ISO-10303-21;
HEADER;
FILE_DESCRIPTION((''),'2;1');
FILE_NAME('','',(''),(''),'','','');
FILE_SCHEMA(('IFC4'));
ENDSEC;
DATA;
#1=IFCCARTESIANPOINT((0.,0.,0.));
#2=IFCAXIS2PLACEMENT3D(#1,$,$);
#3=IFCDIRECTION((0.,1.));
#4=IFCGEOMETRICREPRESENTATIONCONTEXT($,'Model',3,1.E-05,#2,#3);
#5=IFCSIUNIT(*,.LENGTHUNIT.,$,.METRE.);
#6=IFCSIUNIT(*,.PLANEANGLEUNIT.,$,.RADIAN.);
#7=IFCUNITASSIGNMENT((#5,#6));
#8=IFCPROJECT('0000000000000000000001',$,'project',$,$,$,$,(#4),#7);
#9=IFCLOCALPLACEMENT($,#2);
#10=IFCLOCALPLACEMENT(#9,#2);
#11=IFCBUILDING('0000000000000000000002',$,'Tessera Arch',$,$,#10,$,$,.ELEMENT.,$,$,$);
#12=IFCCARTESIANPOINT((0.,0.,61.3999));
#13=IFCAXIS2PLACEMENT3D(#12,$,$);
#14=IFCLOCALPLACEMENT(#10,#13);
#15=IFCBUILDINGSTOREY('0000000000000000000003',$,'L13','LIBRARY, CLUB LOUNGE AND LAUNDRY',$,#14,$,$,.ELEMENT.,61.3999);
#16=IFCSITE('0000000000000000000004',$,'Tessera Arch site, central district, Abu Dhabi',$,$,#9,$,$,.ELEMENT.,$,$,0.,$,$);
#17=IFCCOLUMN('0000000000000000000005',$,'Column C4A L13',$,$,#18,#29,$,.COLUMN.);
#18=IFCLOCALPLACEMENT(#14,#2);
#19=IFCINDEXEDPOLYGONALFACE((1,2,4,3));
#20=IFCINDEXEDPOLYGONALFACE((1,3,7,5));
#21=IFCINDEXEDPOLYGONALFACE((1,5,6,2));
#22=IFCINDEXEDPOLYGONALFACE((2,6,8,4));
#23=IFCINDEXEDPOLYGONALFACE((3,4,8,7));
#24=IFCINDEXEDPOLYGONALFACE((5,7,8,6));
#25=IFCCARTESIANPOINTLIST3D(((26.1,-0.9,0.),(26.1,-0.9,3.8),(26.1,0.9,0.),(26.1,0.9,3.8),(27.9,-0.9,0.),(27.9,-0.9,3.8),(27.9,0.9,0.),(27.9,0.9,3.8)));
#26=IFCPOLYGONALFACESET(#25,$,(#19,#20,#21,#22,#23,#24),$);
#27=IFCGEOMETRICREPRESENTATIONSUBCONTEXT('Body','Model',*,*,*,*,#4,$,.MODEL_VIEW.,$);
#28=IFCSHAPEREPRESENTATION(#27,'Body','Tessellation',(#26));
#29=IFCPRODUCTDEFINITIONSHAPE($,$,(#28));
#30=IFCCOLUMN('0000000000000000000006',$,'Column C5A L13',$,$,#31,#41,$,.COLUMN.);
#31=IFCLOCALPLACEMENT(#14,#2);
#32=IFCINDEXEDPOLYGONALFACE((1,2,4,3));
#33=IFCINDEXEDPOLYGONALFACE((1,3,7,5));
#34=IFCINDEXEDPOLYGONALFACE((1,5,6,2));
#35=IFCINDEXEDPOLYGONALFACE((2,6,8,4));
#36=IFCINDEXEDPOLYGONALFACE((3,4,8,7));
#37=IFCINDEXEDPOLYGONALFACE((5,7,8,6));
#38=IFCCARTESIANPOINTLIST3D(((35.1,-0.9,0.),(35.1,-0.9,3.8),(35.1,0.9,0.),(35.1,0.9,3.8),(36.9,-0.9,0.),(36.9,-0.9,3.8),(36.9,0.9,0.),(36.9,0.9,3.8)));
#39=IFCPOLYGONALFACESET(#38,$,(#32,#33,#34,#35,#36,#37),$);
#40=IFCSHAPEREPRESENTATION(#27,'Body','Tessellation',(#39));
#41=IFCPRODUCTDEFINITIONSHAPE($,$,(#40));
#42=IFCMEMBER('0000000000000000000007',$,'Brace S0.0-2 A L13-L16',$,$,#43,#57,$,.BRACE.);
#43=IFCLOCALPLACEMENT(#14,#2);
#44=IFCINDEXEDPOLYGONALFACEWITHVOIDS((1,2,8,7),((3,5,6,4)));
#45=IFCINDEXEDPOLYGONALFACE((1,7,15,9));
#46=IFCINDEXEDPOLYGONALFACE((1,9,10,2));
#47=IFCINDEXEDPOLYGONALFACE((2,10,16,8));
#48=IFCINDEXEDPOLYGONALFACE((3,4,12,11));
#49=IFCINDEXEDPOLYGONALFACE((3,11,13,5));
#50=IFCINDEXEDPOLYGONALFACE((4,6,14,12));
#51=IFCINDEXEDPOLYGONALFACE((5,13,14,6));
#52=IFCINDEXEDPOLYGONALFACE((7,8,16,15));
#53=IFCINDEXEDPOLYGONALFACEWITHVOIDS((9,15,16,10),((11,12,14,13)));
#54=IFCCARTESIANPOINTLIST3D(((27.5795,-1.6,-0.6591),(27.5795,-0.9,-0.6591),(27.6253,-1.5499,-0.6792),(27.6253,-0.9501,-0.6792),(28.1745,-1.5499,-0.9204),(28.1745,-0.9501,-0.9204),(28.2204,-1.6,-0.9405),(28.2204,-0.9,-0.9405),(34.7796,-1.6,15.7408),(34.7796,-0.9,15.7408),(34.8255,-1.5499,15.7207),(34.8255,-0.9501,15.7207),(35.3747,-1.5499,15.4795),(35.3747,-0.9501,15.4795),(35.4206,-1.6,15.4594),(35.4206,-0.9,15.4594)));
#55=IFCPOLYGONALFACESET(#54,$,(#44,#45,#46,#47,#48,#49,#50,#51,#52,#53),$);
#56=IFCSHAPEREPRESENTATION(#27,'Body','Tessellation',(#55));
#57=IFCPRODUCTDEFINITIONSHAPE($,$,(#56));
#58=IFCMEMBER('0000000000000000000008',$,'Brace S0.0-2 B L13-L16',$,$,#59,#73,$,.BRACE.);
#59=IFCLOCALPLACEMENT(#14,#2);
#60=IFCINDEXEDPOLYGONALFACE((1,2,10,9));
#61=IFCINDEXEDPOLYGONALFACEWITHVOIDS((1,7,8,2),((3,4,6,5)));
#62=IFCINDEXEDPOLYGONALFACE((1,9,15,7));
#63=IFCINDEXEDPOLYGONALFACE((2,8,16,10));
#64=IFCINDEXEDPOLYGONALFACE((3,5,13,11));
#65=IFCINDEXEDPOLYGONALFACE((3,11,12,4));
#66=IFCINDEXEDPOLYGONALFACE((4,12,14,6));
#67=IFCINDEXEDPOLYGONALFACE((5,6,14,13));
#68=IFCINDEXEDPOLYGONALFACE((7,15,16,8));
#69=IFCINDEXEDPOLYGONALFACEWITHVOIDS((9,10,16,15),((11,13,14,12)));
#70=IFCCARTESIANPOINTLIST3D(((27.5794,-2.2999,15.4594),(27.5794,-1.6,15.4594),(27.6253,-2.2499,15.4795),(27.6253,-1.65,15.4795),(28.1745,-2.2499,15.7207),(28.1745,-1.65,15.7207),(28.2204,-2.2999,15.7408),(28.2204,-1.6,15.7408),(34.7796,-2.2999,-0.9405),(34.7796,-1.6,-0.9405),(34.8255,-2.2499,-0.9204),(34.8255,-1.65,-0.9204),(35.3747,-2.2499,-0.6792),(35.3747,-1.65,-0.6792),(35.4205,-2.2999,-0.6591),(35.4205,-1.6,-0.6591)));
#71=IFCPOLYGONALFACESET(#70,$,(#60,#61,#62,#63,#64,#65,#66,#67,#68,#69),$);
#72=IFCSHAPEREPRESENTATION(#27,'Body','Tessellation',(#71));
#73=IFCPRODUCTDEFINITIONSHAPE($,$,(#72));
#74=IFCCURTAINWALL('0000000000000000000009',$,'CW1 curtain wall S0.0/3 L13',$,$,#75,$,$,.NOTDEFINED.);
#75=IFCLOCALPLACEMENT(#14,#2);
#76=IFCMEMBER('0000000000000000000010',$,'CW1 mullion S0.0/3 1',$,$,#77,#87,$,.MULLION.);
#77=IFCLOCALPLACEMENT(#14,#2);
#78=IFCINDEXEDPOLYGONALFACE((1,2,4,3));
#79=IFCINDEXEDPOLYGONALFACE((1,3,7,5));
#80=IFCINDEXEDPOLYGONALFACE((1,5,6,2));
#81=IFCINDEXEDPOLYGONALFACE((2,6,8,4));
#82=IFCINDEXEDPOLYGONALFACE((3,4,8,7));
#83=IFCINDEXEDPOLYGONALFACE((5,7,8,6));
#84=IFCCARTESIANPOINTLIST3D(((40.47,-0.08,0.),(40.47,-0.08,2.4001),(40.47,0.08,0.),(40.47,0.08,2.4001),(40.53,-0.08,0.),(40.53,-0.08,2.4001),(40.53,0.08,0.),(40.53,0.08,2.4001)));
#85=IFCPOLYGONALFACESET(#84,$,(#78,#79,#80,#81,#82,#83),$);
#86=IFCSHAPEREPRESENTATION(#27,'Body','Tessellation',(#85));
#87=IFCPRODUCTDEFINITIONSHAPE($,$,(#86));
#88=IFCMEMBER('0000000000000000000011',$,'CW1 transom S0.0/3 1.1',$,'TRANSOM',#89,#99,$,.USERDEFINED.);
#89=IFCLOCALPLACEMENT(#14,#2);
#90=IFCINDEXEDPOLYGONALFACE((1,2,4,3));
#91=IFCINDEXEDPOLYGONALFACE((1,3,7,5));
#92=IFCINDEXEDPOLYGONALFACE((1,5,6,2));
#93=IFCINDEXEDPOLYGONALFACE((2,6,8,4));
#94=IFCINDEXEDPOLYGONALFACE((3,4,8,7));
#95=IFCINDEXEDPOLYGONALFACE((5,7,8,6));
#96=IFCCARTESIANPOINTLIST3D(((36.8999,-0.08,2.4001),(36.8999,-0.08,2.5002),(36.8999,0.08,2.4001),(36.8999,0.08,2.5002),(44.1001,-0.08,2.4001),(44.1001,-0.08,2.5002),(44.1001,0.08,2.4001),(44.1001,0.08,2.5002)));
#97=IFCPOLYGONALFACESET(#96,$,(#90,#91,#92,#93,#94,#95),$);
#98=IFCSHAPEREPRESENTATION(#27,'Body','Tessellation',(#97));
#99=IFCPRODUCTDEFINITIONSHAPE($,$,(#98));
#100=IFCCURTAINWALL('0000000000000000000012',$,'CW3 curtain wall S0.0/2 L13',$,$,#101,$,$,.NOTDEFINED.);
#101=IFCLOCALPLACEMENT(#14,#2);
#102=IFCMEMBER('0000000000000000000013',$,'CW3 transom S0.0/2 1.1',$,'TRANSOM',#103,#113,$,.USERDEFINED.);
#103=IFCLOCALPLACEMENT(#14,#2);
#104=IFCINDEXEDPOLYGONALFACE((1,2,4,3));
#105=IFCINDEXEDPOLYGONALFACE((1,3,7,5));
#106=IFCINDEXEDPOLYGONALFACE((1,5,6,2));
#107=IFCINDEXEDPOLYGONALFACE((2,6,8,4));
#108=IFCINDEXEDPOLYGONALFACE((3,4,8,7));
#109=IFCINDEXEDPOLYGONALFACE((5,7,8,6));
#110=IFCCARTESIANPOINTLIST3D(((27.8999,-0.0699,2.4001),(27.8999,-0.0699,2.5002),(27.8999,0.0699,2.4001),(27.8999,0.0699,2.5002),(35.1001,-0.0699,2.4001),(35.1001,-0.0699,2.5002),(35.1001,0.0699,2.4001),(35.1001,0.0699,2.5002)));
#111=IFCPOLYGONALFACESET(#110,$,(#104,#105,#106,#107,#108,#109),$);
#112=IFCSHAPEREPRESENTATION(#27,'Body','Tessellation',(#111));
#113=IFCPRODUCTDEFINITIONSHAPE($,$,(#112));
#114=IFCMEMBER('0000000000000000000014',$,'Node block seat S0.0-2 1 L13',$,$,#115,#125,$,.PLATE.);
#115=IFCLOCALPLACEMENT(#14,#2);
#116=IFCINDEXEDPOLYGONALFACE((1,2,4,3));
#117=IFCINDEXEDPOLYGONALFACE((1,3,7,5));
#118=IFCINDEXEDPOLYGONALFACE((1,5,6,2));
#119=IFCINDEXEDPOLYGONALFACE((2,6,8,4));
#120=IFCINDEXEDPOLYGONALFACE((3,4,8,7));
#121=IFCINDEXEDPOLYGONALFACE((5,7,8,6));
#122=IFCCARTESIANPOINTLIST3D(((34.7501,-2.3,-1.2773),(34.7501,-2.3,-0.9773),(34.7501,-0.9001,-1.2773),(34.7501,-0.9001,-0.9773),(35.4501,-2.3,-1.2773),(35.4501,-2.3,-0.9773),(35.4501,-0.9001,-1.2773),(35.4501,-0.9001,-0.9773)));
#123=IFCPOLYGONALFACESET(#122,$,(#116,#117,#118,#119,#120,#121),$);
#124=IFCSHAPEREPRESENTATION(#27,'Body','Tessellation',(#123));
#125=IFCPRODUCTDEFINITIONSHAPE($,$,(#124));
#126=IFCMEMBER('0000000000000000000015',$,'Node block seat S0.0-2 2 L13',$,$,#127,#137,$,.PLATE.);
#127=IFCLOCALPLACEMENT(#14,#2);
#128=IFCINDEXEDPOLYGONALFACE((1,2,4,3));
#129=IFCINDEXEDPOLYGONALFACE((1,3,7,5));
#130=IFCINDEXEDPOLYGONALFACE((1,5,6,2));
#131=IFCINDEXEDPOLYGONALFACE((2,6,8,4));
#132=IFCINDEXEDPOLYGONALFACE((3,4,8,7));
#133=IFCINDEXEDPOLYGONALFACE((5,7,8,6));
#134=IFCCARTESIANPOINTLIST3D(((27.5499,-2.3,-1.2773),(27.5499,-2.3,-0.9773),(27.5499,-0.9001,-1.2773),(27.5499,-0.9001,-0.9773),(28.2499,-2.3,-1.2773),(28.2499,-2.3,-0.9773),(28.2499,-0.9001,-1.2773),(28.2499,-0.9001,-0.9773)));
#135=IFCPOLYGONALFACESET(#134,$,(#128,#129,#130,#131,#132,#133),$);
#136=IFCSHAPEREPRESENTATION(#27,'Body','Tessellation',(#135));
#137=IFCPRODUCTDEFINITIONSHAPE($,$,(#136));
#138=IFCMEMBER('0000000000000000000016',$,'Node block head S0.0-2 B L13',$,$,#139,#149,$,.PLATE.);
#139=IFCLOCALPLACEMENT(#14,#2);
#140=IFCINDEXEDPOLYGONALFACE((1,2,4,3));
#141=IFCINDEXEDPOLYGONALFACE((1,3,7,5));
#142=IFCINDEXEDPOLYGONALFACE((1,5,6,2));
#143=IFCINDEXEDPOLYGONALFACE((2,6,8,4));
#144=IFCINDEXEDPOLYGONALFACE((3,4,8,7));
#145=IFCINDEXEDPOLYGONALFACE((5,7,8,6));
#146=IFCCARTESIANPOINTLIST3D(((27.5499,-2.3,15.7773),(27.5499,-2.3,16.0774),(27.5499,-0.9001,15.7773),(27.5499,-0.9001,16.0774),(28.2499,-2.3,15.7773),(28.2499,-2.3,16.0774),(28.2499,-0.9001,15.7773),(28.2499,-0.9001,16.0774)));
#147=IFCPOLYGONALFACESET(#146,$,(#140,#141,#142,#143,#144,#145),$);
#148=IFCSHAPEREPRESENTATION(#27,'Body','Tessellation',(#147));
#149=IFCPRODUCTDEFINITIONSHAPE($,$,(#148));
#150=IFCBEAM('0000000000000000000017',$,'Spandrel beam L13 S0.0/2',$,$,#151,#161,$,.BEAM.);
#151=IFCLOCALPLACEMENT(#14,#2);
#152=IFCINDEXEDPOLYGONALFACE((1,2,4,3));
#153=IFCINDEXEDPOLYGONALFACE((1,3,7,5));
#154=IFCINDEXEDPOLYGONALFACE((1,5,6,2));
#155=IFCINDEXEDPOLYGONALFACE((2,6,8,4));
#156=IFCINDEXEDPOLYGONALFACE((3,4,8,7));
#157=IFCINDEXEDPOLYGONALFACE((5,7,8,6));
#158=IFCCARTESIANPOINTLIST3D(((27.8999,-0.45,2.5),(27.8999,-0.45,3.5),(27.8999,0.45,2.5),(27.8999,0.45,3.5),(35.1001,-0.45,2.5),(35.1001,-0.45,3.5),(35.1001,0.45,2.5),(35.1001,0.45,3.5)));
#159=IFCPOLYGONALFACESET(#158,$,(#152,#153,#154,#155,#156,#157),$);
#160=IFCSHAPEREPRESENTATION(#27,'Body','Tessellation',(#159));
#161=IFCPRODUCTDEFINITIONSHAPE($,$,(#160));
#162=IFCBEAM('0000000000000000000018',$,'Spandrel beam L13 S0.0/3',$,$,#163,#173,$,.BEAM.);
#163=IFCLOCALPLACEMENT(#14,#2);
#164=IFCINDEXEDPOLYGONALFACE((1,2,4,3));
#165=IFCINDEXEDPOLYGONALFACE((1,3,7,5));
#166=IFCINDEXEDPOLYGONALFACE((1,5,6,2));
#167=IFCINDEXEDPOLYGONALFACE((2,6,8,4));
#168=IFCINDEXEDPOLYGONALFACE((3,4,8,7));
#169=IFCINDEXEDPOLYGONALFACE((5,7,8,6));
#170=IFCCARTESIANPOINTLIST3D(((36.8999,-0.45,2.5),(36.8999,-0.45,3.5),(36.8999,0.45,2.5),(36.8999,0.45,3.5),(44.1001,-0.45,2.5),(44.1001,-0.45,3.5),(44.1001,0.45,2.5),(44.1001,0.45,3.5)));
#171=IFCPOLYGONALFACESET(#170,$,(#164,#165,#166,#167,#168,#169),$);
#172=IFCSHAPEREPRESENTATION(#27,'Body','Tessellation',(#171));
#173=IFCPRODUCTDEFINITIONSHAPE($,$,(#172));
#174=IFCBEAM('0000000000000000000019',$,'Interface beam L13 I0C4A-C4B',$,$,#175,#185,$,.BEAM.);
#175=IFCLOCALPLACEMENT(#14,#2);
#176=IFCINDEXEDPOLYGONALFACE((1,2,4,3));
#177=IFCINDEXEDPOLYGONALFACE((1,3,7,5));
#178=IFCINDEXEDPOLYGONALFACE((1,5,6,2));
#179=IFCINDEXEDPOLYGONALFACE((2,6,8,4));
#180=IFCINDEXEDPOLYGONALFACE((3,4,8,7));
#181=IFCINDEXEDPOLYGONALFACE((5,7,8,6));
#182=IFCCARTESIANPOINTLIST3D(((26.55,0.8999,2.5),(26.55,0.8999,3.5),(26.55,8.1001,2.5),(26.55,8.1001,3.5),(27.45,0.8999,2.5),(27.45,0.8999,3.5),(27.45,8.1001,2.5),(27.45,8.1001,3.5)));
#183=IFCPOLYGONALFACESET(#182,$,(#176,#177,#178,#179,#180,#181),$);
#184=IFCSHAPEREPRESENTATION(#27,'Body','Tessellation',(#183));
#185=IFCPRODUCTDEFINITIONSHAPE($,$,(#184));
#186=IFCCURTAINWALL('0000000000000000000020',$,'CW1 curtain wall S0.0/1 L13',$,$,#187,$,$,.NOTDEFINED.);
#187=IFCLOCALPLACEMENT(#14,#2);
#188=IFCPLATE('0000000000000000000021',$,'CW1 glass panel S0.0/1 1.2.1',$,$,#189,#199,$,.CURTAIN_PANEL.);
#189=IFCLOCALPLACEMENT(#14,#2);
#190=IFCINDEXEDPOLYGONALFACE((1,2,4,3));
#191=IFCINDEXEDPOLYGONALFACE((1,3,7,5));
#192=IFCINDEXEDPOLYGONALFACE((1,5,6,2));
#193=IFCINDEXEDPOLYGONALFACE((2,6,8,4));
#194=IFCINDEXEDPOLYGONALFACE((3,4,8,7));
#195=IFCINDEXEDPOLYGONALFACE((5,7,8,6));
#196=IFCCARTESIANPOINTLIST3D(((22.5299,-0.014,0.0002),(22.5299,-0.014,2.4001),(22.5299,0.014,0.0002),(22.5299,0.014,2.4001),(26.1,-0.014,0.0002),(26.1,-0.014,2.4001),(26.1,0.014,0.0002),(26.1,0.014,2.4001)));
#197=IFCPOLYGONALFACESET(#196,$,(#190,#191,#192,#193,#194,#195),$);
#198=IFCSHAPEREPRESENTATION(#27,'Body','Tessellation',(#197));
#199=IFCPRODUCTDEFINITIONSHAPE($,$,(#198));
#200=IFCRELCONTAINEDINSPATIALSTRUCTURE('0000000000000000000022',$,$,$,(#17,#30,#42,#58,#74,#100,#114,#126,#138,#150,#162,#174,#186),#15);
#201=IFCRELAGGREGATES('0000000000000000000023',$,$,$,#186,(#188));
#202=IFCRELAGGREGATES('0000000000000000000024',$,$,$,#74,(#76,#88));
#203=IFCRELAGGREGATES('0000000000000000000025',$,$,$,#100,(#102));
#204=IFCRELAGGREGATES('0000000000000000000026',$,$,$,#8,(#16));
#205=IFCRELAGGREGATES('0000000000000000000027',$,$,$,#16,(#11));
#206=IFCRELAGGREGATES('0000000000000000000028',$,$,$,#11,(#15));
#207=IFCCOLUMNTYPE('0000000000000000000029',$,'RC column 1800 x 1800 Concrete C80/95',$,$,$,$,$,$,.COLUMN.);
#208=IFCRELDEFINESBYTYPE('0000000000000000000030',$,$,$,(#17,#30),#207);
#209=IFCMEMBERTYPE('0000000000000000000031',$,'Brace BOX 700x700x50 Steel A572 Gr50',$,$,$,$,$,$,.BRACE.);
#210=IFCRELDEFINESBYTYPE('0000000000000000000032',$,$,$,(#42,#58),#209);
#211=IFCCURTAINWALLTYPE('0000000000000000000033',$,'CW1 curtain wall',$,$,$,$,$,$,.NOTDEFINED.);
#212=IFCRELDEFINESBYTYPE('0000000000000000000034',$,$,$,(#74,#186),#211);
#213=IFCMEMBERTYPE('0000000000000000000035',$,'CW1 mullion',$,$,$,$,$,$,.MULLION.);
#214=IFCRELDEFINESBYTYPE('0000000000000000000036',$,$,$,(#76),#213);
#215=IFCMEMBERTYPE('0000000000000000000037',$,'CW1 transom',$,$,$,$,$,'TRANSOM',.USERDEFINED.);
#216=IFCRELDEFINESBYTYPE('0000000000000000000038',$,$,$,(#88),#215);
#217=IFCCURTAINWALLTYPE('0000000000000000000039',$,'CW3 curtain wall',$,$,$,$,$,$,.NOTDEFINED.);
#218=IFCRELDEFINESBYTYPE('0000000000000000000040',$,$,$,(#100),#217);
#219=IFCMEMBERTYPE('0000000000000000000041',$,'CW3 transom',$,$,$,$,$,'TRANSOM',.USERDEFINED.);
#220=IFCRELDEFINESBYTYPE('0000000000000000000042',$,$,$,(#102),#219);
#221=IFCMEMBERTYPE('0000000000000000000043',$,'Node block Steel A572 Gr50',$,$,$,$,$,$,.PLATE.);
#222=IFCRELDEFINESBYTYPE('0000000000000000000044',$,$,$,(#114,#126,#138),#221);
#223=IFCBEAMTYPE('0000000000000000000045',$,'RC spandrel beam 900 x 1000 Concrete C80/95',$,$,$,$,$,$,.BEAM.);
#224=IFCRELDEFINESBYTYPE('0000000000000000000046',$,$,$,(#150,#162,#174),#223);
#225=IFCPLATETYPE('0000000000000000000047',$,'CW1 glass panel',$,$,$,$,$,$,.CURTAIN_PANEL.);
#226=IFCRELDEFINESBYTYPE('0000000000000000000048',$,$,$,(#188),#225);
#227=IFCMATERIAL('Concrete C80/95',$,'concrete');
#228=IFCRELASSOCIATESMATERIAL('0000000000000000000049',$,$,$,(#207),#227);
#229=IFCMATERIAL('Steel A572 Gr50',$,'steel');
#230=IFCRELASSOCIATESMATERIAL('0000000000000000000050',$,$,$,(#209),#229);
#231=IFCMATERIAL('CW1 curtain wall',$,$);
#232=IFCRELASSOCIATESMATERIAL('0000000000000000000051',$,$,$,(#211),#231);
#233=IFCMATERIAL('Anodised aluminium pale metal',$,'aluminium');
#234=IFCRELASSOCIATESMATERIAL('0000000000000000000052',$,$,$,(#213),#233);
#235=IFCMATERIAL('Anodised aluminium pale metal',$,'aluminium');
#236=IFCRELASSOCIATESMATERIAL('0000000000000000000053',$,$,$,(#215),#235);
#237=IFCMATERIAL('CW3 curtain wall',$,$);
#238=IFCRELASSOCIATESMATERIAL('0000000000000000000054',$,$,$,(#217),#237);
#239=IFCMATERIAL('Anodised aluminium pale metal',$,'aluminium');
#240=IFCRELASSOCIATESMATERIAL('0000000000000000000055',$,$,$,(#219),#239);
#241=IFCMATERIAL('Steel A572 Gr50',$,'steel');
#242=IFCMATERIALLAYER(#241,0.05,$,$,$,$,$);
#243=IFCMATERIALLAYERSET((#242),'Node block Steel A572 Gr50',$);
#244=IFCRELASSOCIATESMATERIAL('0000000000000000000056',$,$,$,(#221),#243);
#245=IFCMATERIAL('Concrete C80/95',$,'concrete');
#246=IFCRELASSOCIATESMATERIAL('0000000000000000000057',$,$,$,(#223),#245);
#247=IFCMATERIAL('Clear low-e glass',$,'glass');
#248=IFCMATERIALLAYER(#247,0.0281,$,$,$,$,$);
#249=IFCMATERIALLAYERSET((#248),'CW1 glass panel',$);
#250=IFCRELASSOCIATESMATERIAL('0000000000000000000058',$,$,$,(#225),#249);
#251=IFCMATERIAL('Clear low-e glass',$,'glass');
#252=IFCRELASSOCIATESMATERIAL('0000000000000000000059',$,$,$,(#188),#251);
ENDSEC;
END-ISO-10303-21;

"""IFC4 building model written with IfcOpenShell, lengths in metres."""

from ifc_helpers import new_model, si_unit, direction, frame, origin, origin_2d, place, context, subcontext, project, spatial, rectangle, hollow_rectangle, extrude, material, layer, layer_set, material_profile, profile_set, type_object, element, aggregate, save


model = new_model("IFC4")

# Units and contexts
model_context = context("Model", 3, precision=1e-05, world=origin(), true_north=direction((0.0, 1.0)))
body_context = subcontext(model_context, "Body", "Model", "MODEL_VIEW")
ifc_project = project(units=[si_unit("LENGTHUNIT", "METRE"), si_unit("PLANEANGLEUNIT", "RADIAN")], contexts=[model_context])

# Site, building, storey
site_placement = place(None, origin())
site = spatial("IfcSite", under=ifc_project, at=site_placement, Name="Tessera Arch site, central district, Abu Dhabi", CompositionType="ELEMENT", RefElevation=0.0)
building_placement = place(site_placement, origin())
building = spatial("IfcBuilding", under=site, at=building_placement, Name="Tessera Arch", CompositionType="ELEMENT")
storey_placement = place(building_placement, frame((0.0, 0.0, 61.3999)))
storey = spatial("IfcBuildingStorey", under=building, at=storey_placement, Name="L13", Description="LIBRARY, CLUB LOUNGE AND LAUNDRY", CompositionType="ELEMENT", Elevation=61.3999)

# Columns
ifc_material_1 = material(Name="Concrete C80/95", Category="concrete")
ifc_material_profile_1 = material_profile(ifc_material_1, rectangle(XDim=1.8, YDim=1.8, at=origin_2d()), Name="RC column 1800 x 1800 Concrete C80/95")
ifc_profile_set_1 = profile_set([ifc_material_profile_1], Name="Concrete C80/95")
column_type = type_object("IfcColumnType", Name="RC column 1800 x 1800 Concrete C80/95", PredefinedType="COLUMN", material=ifc_profile_set_1)
for number, where, z_axis, x_axis, name in (
    (1, (27.0, 0.0, 0.0), (0.0, 0.0, 1.0), (1.0, 0.0, 0.0), "Column C4A L13"),
    (2, (36.0, 0.0, 0.0), (0.0, 0.0, 1.0), (1.0, 0.0, 0.0), "Column C5A L13"),
):
    element("IfcColumn", number, at=place(storey_placement, frame(where, z_axis=z_axis, x_axis=x_axis)), inside=storey, type_object=column_type, Name=name, PredefinedType="COLUMN", context=body_context, shape_type="SweptSolid", body=[
        extrude(rectangle(XDim=1.8, YDim=1.8, at=origin_2d()), origin(), (0.0, 0.0, 1.0), 3.8),
    ])

# Members
ifc_material_2 = material(Name="Steel A572 Gr50", Category="steel")
ifc_material_profile_2 = material_profile(ifc_material_2, hollow_rectangle(XDim=0.7, YDim=0.7, WallThickness=0.05, at=origin_2d()), Name="BOX 700x700x50")
ifc_profile_set_2 = profile_set([ifc_material_profile_2], Name="Steel A572 Gr50")
member_type_1 = type_object("IfcMemberType", Name="Brace BOX 700x700x50 Steel A572 Gr50", PredefinedType="BRACE", material=ifc_profile_set_2)
for number, where, z_axis, x_axis, name in (
    (3, (27.8999, -1.25, -0.7998), (0.402001, 0.0, 0.915639), (0.0, 1.0, 0.0), "Brace S0.0-2 A L13-L16"),
    (4, (35.1001, -1.95, -0.7998), (-0.402001, 0.0, 0.915639), (0.0, -1.0, 0.0), "Brace S0.0-2 B L13-L16"),
):
    element("IfcMember", number, at=place(storey_placement, frame(where, z_axis=z_axis, x_axis=x_axis)), inside=storey, type_object=member_type_1, Name=name, PredefinedType="BRACE", context=body_context, shape_type="SweptSolid", body=[
        extrude(hollow_rectangle(XDim=0.7, YDim=0.7, WallThickness=0.05, at=origin_2d()), origin(), (0.0, 0.0, 1.0), 17.9109),
    ])

# Curtain wall, members
ifc_material_3 = material(Name="CW1 curtain wall")
curtain_wall_type_1 = type_object("IfcCurtainWallType", Name="CW1 curtain wall", PredefinedType="NOTDEFINED", material=ifc_material_3)
curtain_wall_1_placement = place(storey_placement, origin())
curtain_wall_1 = element("IfcCurtainWall", 5, at=curtain_wall_1_placement, inside=storey, type_object=curtain_wall_type_1, Name="CW1 curtain wall S0.0/3 L13", PredefinedType="NOTDEFINED")
ifc_material_4 = material(Name="Anodised aluminium pale metal", Category="aluminium")
ifc_material_profile_3 = material_profile(ifc_material_4, rectangle(XDim=0.1599, YDim=0.0601, at=origin_2d()), Name="AL 60x160")
ifc_profile_set_3 = profile_set([ifc_material_profile_3], Name="Anodised aluminium pale metal")
member_type_2 = type_object("IfcMemberType", Name="CW1 mullion", PredefinedType="MULLION", material=ifc_profile_set_3)
member_1_placement = place(storey_placement, frame((40.5, 0.0, 0.0), z_axis=(0.0, 0.0, 1.0), x_axis=(0.0, 1.0, 0.0)))
member_1 = element("IfcMember", 6, at=member_1_placement, type_object=member_type_2, Name="CW1 mullion S0.0/3 1", PredefinedType="MULLION", context=body_context, shape_type="SweptSolid", body=[
    extrude(rectangle(XDim=0.1599, YDim=0.0601, at=origin_2d()), origin(), (0.0, 0.0, 1.0), 2.4001),
])
ifc_material_5 = material(Name="Anodised aluminium pale metal", Category="aluminium")
ifc_material_profile_4 = material_profile(ifc_material_5, rectangle(XDim=0.1599, YDim=0.1001, at=origin_2d()), Name="AL 160x100")
ifc_profile_set_4 = profile_set([ifc_material_profile_4], Name="Anodised aluminium pale metal")
member_type_3 = type_object("IfcMemberType", Name="CW1 transom", ElementType="TRANSOM", PredefinedType="USERDEFINED", material=ifc_profile_set_4)
member_2_placement = place(storey_placement, frame((36.8999, 0.0, 2.4502), z_axis=(1.0, 0.0, 0.0), x_axis=(0.0, 1.0, 0.0)))
member_2 = element("IfcMember", 7, at=member_2_placement, type_object=member_type_3, Name="CW1 transom S0.0/3 1.1", ObjectType="TRANSOM", PredefinedType="USERDEFINED", context=body_context, shape_type="SweptSolid", body=[
    extrude(rectangle(XDim=0.1599, YDim=0.1001, at=origin_2d()), origin(), (0.0, 0.0, 1.0), 7.2002),
])

# Curtain wall, member
ifc_material_6 = material(Name="CW3 curtain wall")
curtain_wall_type_2 = type_object("IfcCurtainWallType", Name="CW3 curtain wall", PredefinedType="NOTDEFINED", material=ifc_material_6)
curtain_wall_2_placement = place(storey_placement, origin())
curtain_wall_2 = element("IfcCurtainWall", 8, at=curtain_wall_2_placement, inside=storey, type_object=curtain_wall_type_2, Name="CW3 curtain wall S0.0/2 L13", PredefinedType="NOTDEFINED")
ifc_material_7 = material(Name="Anodised aluminium pale metal", Category="aluminium")
ifc_material_profile_5 = material_profile(ifc_material_7, rectangle(XDim=0.1399, YDim=0.1001, at=origin_2d()), Name="AL 140x100")
ifc_profile_set_5 = profile_set([ifc_material_profile_5], Name="Anodised aluminium pale metal")
member_type_4 = type_object("IfcMemberType", Name="CW3 transom", ElementType="TRANSOM", PredefinedType="USERDEFINED", material=ifc_profile_set_5)
member_3_placement = place(storey_placement, frame((27.8999, 0.0, 2.4502), z_axis=(1.0, 0.0, 0.0), x_axis=(0.0, 1.0, 0.0)))
member_3 = element("IfcMember", 9, at=member_3_placement, type_object=member_type_4, Name="CW3 transom S0.0/2 1.1", ObjectType="TRANSOM", PredefinedType="USERDEFINED", context=body_context, shape_type="SweptSolid", body=[
    extrude(rectangle(XDim=0.1399, YDim=0.1001, at=origin_2d()), origin(), (0.0, 0.0, 1.0), 7.2002),
])

# Members
ifc_material_8 = material(Name="Steel A572 Gr50", Category="steel")
ifc_layer_1 = layer(ifc_material_8, 0.05)
ifc_layer_set_1 = layer_set([ifc_layer_1], Name="Node block Steel A572 Gr50")
member_type_5 = type_object("IfcMemberType", Name="Node block Steel A572 Gr50", PredefinedType="PLATE", material=ifc_layer_set_1)
for number, where, z_axis, x_axis, name in (
    (10, (35.1001, -1.6001, -1.2773), (0.0, 0.0, 1.0), (1.0, 0.0, 0.0), "Node block seat S0.0-2 1 L13"),
    (11, (27.8999, -1.6001, -1.2773), (0.0, 0.0, 1.0), (1.0, 0.0, 0.0), "Node block seat S0.0-2 2 L13"),
    (12, (27.8999, -1.6001, 15.7773), (0.0, 0.0, 1.0), (1.0, 0.0, 0.0), "Node block head S0.0-2 B L13"),
):
    element("IfcMember", number, at=place(storey_placement, frame(where, z_axis=z_axis, x_axis=x_axis)), inside=storey, type_object=member_type_5, Name=name, PredefinedType="PLATE", context=body_context, shape_type="SweptSolid", body=[
        extrude(rectangle(XDim=0.7, YDim=1.3999, at=origin_2d()), origin(), (0.0, 0.0, 1.0), 0.3),
    ])

# Beams
ifc_material_9 = material(Name="Concrete C80/95", Category="concrete")
ifc_material_profile_6 = material_profile(ifc_material_9, rectangle(XDim=0.8999, YDim=1.0, at=origin_2d()), Name="RC spandrel beam 900 x 1000 Concrete C80/95")
ifc_profile_set_6 = profile_set([ifc_material_profile_6], Name="Concrete C80/95")
beam_type = type_object("IfcBeamType", Name="RC spandrel beam 900 x 1000 Concrete C80/95", PredefinedType="BEAM", material=ifc_profile_set_6)
for number, where, z_axis, x_axis, name in (
    (13, (27.8999, 0.0, 3.0), (1.0, 0.0, 0.0), (0.0, 1.0, 0.0), "Spandrel beam L13 S0.0/2"),
    (14, (36.8999, 0.0, 3.0), (1.0, 0.0, 0.0), (0.0, 1.0, 0.0), "Spandrel beam L13 S0.0/3"),
    (15, (27.0, 0.8999, 3.0), (0.0, 1.0, 0.0), (-1.0, 0.0, 0.0), "Interface beam L13 I0C4A-C4B"),
):
    element("IfcBeam", number, at=place(storey_placement, frame(where, z_axis=z_axis, x_axis=x_axis)), inside=storey, type_object=beam_type, Name=name, PredefinedType="BEAM", context=body_context, shape_type="SweptSolid", body=[
        extrude(rectangle(XDim=0.8999, YDim=1.0, at=origin_2d()), origin(), (0.0, 0.0, 1.0), 7.2002),
    ])

# Curtain wall, plate
curtain_wall_3_placement = place(storey_placement, origin())
curtain_wall_3 = element("IfcCurtainWall", 16, at=curtain_wall_3_placement, inside=storey, type_object=curtain_wall_type_1, Name="CW1 curtain wall S0.0/1 L13", PredefinedType="NOTDEFINED")
ifc_material_10 = material(Name="Clear low-e glass", Category="glass")
ifc_material_11 = material(Name="Clear low-e glass", Category="glass")
ifc_layer_2 = layer(ifc_material_11, 0.0281)
ifc_layer_set_2 = layer_set([ifc_layer_2], Name="CW1 glass panel")
plate_type_1 = type_object("IfcPlateType", Name="CW1 glass panel", PredefinedType="CURTAIN_PANEL", material=ifc_layer_set_2)
plate_1_placement = place(storey_placement, frame((24.3149, 0.0, 0.0002), z_axis=(0.0, 0.0, 1.0), x_axis=(1.0, 0.0, 0.0)))
plate_1 = element("IfcPlate", 17, at=plate_1_placement, type_object=plate_type_1, material=ifc_material_10, Name="CW1 glass panel S0.0/1 1.2.1", PredefinedType="CURTAIN_PANEL", context=body_context, shape_type="SweptSolid", body=[
    extrude(rectangle(XDim=3.5701, YDim=0.0281, at=origin_2d()), origin(), (0.0, 0.0, 1.0), 2.3999),
])
aggregate(curtain_wall_3, [plate_1])

aggregate(curtain_wall_1, [member_1, member_2])
aggregate(curtain_wall_2, [member_3])

save(model, "model.ifc")
